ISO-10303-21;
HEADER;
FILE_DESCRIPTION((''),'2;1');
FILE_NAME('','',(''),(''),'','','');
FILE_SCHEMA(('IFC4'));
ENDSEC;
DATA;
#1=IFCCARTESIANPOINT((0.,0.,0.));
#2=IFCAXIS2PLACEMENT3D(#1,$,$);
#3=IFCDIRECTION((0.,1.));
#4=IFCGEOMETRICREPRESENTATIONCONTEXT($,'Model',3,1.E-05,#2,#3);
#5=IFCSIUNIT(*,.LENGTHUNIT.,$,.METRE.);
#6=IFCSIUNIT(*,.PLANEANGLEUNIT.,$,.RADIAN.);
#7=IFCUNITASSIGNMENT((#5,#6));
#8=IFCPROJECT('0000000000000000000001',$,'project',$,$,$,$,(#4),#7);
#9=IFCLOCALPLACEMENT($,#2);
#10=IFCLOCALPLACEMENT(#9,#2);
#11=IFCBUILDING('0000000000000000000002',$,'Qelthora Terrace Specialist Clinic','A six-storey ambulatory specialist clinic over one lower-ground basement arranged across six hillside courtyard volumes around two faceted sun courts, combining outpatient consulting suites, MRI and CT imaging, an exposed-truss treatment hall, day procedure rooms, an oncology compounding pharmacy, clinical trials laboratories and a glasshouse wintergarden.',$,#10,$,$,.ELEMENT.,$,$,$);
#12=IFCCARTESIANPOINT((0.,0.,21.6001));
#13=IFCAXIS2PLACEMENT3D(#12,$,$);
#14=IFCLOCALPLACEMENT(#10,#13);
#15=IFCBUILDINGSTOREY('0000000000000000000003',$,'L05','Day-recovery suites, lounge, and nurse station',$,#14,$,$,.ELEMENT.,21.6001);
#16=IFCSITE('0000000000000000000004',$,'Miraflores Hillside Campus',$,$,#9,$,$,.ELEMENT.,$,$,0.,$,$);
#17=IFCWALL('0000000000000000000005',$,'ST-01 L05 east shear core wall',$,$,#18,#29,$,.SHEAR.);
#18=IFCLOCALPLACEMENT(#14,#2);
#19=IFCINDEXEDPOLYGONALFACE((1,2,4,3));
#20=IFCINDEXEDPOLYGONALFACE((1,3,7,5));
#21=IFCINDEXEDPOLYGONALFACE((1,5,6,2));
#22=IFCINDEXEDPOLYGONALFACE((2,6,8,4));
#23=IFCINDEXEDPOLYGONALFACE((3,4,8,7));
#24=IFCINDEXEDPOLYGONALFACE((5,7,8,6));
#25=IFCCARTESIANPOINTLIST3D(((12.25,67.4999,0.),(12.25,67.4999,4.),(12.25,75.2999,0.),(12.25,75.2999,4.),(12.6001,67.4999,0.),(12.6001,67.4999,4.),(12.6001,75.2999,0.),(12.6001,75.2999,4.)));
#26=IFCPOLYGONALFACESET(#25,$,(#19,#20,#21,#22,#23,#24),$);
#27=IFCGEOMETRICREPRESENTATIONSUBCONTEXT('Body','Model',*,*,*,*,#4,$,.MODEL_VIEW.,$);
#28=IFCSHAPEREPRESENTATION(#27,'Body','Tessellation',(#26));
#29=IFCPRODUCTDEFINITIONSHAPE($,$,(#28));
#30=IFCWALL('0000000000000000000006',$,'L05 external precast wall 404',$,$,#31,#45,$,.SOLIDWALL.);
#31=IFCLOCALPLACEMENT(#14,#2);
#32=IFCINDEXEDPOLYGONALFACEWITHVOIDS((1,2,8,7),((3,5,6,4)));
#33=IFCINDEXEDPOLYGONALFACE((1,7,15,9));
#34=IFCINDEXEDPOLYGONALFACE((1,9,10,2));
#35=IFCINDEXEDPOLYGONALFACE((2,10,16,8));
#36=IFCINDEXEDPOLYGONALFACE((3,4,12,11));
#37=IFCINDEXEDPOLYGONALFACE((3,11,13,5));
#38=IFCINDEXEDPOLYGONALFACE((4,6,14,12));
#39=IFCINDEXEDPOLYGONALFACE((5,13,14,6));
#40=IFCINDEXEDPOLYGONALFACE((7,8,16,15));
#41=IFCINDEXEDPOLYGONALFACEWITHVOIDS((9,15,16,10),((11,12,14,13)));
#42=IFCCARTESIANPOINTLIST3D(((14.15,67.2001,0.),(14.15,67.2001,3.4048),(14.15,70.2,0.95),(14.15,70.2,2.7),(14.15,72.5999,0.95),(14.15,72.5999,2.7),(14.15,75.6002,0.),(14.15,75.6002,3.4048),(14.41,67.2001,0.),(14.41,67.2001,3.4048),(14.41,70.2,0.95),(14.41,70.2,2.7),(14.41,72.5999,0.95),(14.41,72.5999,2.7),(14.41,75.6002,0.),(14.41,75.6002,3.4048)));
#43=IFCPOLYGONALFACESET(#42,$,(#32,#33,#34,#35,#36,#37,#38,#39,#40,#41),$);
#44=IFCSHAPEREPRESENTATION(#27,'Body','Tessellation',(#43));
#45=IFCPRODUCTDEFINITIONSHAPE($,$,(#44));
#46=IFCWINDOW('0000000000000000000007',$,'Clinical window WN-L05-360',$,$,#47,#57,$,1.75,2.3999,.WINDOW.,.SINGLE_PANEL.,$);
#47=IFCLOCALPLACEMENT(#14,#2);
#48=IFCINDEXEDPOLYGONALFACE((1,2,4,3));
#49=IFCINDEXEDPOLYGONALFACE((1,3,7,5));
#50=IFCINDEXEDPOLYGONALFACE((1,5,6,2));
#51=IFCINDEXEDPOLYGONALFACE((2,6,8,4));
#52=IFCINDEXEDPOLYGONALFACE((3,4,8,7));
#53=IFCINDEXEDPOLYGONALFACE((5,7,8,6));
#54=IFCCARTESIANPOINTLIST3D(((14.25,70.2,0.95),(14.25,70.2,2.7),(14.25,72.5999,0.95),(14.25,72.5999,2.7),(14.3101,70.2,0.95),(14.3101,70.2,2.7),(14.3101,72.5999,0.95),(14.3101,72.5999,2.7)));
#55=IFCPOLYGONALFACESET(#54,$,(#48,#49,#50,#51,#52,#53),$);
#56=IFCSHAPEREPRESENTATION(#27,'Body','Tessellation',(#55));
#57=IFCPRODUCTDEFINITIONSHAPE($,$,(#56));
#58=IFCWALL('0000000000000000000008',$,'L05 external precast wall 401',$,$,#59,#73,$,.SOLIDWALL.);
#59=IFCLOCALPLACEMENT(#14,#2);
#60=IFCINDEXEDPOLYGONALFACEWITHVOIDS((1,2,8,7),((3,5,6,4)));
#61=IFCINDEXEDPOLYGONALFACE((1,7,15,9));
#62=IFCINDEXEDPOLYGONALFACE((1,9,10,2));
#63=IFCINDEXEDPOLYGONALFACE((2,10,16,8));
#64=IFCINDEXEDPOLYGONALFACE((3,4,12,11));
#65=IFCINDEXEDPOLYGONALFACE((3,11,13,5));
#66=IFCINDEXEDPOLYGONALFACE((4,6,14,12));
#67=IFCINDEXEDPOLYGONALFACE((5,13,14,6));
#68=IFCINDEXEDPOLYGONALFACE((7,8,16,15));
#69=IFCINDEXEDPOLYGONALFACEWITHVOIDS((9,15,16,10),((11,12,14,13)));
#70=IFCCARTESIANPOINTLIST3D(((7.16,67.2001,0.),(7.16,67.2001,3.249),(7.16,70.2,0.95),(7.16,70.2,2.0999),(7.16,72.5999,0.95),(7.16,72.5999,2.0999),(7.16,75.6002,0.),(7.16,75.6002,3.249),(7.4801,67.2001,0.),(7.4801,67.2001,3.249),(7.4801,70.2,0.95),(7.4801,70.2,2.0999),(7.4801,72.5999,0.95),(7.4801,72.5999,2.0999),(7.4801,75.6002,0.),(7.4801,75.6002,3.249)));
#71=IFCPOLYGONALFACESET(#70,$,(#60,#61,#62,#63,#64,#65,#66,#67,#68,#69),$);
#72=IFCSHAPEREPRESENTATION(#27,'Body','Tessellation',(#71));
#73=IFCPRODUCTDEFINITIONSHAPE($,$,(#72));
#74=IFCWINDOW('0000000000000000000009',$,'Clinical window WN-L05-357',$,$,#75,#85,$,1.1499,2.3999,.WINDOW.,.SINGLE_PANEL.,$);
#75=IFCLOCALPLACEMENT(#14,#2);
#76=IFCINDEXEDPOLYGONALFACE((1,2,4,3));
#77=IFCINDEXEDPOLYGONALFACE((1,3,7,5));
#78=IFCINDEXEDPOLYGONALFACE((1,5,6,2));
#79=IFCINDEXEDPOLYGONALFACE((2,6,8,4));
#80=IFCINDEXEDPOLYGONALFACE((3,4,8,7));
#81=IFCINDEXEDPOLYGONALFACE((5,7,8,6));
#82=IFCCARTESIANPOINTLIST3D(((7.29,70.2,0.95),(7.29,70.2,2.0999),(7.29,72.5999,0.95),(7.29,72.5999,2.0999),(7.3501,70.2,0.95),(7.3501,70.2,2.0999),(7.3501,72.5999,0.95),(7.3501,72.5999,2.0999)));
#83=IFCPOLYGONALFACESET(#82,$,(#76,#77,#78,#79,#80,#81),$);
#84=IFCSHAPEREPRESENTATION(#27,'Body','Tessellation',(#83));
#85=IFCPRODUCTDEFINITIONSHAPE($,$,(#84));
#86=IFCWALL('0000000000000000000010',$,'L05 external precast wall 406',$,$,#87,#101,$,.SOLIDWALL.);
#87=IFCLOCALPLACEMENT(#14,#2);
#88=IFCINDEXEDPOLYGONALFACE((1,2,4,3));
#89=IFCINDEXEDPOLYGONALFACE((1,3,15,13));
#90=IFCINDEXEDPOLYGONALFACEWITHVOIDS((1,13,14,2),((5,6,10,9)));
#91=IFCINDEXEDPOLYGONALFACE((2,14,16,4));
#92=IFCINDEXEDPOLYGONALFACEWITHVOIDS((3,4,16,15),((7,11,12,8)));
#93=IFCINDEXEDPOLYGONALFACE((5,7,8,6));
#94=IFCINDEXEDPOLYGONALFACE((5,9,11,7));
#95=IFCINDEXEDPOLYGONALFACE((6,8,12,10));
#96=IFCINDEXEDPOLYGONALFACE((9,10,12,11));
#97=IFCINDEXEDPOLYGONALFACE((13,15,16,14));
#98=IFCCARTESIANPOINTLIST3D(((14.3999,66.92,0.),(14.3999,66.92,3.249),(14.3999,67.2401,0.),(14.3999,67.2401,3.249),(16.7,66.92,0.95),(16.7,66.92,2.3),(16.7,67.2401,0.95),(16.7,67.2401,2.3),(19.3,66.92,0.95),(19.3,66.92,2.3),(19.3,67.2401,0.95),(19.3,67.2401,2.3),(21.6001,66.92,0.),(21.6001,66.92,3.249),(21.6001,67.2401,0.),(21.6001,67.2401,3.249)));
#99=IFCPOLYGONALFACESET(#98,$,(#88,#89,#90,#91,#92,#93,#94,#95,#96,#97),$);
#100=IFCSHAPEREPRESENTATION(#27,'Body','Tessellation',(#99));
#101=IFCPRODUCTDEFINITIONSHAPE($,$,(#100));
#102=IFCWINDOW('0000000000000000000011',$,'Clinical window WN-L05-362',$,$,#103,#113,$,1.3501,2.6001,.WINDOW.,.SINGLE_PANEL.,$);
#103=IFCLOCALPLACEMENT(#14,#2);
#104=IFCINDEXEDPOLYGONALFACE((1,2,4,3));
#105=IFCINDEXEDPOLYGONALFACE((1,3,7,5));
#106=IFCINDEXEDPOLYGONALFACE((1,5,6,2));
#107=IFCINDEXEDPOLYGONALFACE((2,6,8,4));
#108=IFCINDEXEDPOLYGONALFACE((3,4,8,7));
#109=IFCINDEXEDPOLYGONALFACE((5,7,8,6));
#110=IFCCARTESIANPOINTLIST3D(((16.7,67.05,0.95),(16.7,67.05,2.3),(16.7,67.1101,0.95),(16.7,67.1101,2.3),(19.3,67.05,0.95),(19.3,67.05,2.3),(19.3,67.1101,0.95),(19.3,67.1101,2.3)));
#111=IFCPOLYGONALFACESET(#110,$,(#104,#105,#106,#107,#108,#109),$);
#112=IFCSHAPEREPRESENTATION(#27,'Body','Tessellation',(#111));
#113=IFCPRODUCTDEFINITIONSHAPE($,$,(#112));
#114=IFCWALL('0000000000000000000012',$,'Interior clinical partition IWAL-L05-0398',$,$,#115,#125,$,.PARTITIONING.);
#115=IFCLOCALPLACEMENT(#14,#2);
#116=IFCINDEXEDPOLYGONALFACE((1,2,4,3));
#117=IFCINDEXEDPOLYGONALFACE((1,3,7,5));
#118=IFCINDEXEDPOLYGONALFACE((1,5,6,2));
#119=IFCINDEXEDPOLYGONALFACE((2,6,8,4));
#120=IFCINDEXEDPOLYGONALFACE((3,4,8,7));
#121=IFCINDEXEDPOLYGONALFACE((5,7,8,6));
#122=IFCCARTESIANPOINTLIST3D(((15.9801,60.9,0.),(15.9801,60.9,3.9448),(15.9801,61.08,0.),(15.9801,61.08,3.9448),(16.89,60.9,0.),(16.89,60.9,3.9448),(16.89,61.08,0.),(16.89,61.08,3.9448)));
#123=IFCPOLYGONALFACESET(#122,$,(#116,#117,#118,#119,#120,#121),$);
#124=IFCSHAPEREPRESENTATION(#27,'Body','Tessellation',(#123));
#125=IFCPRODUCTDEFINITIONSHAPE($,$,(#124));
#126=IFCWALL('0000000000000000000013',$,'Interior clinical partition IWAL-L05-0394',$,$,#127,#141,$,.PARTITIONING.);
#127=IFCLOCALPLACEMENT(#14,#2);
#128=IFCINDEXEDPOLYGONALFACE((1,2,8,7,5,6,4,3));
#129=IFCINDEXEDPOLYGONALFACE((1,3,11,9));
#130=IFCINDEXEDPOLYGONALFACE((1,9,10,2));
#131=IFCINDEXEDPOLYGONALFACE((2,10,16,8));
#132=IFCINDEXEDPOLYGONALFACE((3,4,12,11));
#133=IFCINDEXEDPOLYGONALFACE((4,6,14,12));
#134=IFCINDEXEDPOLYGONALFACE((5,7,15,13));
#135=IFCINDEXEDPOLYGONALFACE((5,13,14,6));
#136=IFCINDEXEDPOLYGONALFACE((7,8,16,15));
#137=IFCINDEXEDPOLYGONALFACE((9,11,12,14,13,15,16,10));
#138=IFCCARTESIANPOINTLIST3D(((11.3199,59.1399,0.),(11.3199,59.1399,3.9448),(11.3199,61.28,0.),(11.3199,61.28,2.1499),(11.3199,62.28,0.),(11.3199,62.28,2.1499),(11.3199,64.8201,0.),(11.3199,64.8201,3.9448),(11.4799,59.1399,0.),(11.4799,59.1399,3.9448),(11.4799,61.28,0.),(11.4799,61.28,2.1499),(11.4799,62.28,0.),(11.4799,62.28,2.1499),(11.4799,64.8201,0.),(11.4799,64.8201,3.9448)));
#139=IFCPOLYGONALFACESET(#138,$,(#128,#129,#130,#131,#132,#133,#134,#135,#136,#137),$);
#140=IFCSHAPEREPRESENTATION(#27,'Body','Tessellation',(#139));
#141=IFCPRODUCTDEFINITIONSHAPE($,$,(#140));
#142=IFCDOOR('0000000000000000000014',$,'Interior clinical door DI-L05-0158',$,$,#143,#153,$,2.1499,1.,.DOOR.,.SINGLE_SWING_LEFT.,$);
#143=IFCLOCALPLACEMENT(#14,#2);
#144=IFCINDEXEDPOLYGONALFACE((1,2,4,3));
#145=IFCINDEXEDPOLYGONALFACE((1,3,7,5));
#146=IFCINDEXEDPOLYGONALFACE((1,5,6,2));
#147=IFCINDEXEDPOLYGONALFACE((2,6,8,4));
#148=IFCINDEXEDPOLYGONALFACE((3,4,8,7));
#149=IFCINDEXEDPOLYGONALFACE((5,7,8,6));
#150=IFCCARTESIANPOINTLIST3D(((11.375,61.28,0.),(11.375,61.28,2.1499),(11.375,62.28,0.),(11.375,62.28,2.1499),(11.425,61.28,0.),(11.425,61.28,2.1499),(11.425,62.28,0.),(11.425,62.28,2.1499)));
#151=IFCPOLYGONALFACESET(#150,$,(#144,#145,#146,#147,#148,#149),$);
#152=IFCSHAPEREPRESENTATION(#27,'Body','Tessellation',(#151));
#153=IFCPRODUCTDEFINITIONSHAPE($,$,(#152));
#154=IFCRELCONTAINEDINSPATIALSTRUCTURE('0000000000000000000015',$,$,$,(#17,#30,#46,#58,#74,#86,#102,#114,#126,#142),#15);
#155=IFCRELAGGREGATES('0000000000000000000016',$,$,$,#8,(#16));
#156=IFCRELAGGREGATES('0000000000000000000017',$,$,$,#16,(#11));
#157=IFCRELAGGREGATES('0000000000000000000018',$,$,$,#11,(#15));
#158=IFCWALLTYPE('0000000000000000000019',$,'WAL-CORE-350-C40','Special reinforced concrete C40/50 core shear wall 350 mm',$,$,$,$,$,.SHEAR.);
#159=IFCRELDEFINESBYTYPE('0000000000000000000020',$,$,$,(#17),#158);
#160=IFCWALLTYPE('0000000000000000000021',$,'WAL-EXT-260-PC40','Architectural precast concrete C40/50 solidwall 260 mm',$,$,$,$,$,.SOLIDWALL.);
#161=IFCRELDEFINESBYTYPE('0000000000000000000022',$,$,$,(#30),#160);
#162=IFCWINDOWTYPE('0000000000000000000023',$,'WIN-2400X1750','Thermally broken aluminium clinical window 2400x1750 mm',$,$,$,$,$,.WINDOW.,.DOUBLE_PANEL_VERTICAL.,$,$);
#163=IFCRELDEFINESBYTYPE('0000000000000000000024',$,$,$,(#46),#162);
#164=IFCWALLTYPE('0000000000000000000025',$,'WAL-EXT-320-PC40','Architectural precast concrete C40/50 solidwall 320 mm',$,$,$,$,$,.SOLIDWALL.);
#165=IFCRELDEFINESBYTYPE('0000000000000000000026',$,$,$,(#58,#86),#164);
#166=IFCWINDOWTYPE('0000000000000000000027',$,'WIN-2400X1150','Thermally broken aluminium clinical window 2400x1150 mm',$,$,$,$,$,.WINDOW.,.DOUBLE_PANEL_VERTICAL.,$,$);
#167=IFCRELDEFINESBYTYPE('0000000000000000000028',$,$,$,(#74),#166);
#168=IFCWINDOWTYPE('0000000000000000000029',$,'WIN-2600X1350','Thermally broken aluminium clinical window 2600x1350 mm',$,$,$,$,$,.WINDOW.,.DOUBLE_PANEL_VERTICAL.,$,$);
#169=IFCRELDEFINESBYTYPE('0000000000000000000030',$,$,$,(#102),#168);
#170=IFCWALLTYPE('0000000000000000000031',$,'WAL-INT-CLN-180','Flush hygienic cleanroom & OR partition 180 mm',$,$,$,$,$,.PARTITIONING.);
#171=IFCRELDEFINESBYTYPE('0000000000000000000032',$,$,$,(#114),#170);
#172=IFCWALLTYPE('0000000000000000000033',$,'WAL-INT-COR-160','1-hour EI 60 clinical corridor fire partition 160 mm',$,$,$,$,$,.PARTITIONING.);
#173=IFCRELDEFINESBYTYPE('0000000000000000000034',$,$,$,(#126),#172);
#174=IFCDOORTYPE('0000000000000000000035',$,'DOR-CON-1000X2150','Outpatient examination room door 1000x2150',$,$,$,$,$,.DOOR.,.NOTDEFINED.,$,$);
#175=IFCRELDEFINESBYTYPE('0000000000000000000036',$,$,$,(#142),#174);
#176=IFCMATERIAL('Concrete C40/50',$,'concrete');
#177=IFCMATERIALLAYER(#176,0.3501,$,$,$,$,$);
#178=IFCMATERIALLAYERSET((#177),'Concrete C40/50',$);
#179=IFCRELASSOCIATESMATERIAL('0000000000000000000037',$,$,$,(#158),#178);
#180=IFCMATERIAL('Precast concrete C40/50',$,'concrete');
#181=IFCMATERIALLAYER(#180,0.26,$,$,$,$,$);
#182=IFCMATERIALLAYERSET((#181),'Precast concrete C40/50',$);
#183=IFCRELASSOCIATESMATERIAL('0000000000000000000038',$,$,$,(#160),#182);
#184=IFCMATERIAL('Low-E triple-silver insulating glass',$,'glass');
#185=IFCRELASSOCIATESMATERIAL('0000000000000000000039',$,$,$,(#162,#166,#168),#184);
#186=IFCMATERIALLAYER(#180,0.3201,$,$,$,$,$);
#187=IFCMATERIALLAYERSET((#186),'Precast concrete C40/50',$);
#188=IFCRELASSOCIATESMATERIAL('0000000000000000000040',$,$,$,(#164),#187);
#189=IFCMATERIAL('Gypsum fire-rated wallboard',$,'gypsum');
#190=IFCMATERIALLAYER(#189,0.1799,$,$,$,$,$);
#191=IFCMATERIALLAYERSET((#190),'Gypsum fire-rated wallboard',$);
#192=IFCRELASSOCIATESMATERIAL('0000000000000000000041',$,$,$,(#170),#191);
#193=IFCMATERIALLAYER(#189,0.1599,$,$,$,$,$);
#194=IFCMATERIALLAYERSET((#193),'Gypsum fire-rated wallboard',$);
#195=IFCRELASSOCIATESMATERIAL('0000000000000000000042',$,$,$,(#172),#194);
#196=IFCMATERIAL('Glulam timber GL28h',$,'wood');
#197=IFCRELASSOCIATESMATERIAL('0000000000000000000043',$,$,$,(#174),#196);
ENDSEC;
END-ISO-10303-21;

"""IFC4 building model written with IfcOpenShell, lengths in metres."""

from ifc_helpers import new_model, si_unit, direction, frame, frame_2d, origin, place, context, subcontext, project, spatial, rectangle, extrude, material, layer, layer_set, type_object, element, fill, save


model = new_model("IFC4")

# Units and contexts
model_context = context("Model", 3, precision=1e-05, world=origin(), true_north=direction((0.0, 1.0)))
body_context = subcontext(model_context, "Body", "Model", "MODEL_VIEW")
ifc_project = project(units=[si_unit("LENGTHUNIT", "METRE"), si_unit("PLANEANGLEUNIT", "RADIAN")], contexts=[model_context])

# Site, building, storey
site_placement = place(None, origin())
site = spatial("IfcSite", under=ifc_project, at=site_placement, Name="Miraflores Hillside Campus", CompositionType="ELEMENT", RefElevation=0.0)
building_placement = place(site_placement, origin())
building = spatial("IfcBuilding", under=site, at=building_placement, Name="Qelthora Terrace Specialist Clinic", Description="A six-storey ambulatory specialist clinic over one lower-ground basement arranged across six hillside courtyard volumes around two faceted sun courts, combining outpatient consulting suites, MRI and CT imaging, an exposed-truss treatment hall, day procedure rooms, an oncology compounding pharmacy, clinical trials laboratories and a glasshouse wintergarden.", CompositionType="ELEMENT")
storey_placement = place(building_placement, frame((0.0, 0.0, 21.6001)))
storey = spatial("IfcBuildingStorey", under=building, at=storey_placement, Name="L05", Description="Day-recovery suites, lounge, and nurse station", CompositionType="ELEMENT", Elevation=21.6001)

# Shared definitions
ifc_material_1 = material(Name="Concrete C40/50", Category="concrete")

# Wall
ifc_layer_1 = layer(ifc_material_1, 0.3501)
ifc_layer_set_1 = layer_set([ifc_layer_1], Name="Concrete C40/50")
wall_type_1 = type_object("IfcWallType", Name="WAL-CORE-350-C40", Description="Special reinforced concrete C40/50 core shear wall 350 mm", PredefinedType="SHEAR", material=ifc_layer_set_1)
for number, where, z_axis, x_axis, name in (
    (1, (12.425, 67.5, 0.0), (0.0, 0.0, 1.0), (0.0, 1.0, 0.0), "ST-01 L05 east shear core wall"),
):
    element("IfcWall", number, at=place(storey_placement, frame(where, z_axis=z_axis, x_axis=x_axis)), inside=storey, type_object=wall_type_1, Name=name, PredefinedType="SHEAR", context=body_context, shape_type="SweptSolid", body=[
        extrude(rectangle(XDim=7.8, YDim=0.3501, at=frame_2d((3.8999, 0.0))), origin(), (0.0, 0.0, 1.0), 4.0),
    ])

# Walls, openings, windows
ifc_material_2 = material(Name="Precast concrete C40/50", Category="concrete")
ifc_layer_2 = layer(ifc_material_2, 0.26)
ifc_layer_set_2 = layer_set([ifc_layer_2], Name="Precast concrete C40/50")
wall_type_2 = type_object("IfcWallType", Name="WAL-EXT-260-PC40", Description="Architectural precast concrete C40/50 solidwall 260 mm", PredefinedType="SOLIDWALL", material=ifc_layer_set_2)
wall_1_placement = place(storey_placement, frame((14.28, 67.2, 0.0), z_axis=(0.0, 0.0, 1.0), x_axis=(0.0, 1.0, 0.0)))
wall_1 = element("IfcWall", 2, at=wall_1_placement, inside=storey, type_object=wall_type_2, Name="L05 external precast wall 404", PredefinedType="SOLIDWALL", context=body_context, shape_type="SweptSolid", body=[
    extrude(rectangle(XDim=8.4001, YDim=0.26, at=frame_2d((4.2002, 0.0))), origin(), (0.0, 0.0, 1.0), 3.4048),
])
opening_1_placement = place(wall_1_placement, frame((3.0, 0.0, 0.95)))
opening_1 = element("IfcOpeningElement", 3, at=opening_1_placement, cuts=wall_1, PredefinedType="OPENING", context=body_context, shape_type="SweptSolid", body=[
    extrude(rectangle(XDim=2.3999, YDim=1.75, at=frame_2d((1.2, 0.875))), frame((0.0, 0.1399, 0.0), z_axis=(0.0, -1.0, 0.0), x_axis=(1.0, 0.0, 0.0)), (0.0, 0.0, 1.0), 0.28),
])
ifc_material_3 = material(Name="Low-E triple-silver insulating glass", Category="glass")
window_type_1 = type_object("IfcWindowType", Name="WIN-2400X1750", Description="Thermally broken aluminium clinical window 2400x1750 mm", PartitioningType="DOUBLE_PANEL_VERTICAL", PredefinedType="WINDOW", material=ifc_material_3)
window_1_placement = place(opening_1_placement, origin())
window_1 = element("IfcWindow", 4, at=window_1_placement, inside=storey, type_object=window_type_1, Name="Clinical window WN-L05-360", OverallHeight=1.75, OverallWidth=2.3999, PartitioningType="SINGLE_PANEL", PredefinedType="WINDOW", context=body_context, shape_type="SweptSolid", body=[
    extrude(rectangle(XDim=2.3999, YDim=1.75, at=frame_2d((1.2, 0.875))), frame((0.0, 0.03, 0.0), z_axis=(0.0, -1.0, 0.0), x_axis=(1.0, 0.0, 0.0)), (0.0, 0.0, 1.0), 0.0601),
])
fill(opening_1, window_1)
ifc_layer_3 = layer(ifc_material_2, 0.3201)
ifc_layer_set_3 = layer_set([ifc_layer_3], Name="Precast concrete C40/50")
wall_type_3 = type_object("IfcWallType", Name="WAL-EXT-320-PC40", Description="Architectural precast concrete C40/50 solidwall 320 mm", PredefinedType="SOLIDWALL", material=ifc_layer_set_3)
wall_2_placement = place(storey_placement, frame((7.3201, 67.2, 0.0), z_axis=(0.0, 0.0, 1.0), x_axis=(0.0, 1.0, 0.0)))
wall_2 = element("IfcWall", 5, at=wall_2_placement, inside=storey, type_object=wall_type_3, Name="L05 external precast wall 401", PredefinedType="SOLIDWALL", context=body_context, shape_type="SweptSolid", body=[
    extrude(rectangle(XDim=8.4001, YDim=0.3201, at=frame_2d((4.2002, 0.0))), origin(), (0.0, 0.0, 1.0), 3.249),
])
opening_2_placement = place(wall_2_placement, frame((3.0, 0.0, 0.95)))
opening_2 = element("IfcOpeningElement", 6, at=opening_2_placement, cuts=wall_2, PredefinedType="OPENING", context=body_context, shape_type="SweptSolid", body=[
    extrude(rectangle(XDim=2.3999, YDim=1.1499, at=frame_2d((1.2, 0.575))), frame((0.0, 0.1699, 0.0), z_axis=(0.0, -1.0, 0.0), x_axis=(1.0, 0.0, 0.0)), (0.0, 0.0, 1.0), 0.3401),
])
window_type_2 = type_object("IfcWindowType", Name="WIN-2400X1150", Description="Thermally broken aluminium clinical window 2400x1150 mm", PartitioningType="DOUBLE_PANEL_VERTICAL", PredefinedType="WINDOW", material=ifc_material_3)
window_2_placement = place(opening_2_placement, origin())
window_2 = element("IfcWindow", 7, at=window_2_placement, inside=storey, type_object=window_type_2, Name="Clinical window WN-L05-357", OverallHeight=1.1499, OverallWidth=2.3999, PartitioningType="SINGLE_PANEL", PredefinedType="WINDOW", context=body_context, shape_type="SweptSolid", body=[
    extrude(rectangle(XDim=2.3999, YDim=1.1499, at=frame_2d((1.2, 0.575))), frame((0.0, 0.03, 0.0), z_axis=(0.0, -1.0, 0.0), x_axis=(1.0, 0.0, 0.0)), (0.0, 0.0, 1.0), 0.0601),
])
fill(opening_2, window_2)
wall_3_placement = place(storey_placement, frame((14.3999, 67.0801, 0.0), z_axis=(0.0, 0.0, 1.0), x_axis=(1.0, 0.0, 0.0)))
wall_3 = element("IfcWall", 8, at=wall_3_placement, inside=storey, type_object=wall_type_3, Name="L05 external precast wall 406", PredefinedType="SOLIDWALL", context=body_context, shape_type="SweptSolid", body=[
    extrude(rectangle(XDim=7.2002, YDim=0.3201, at=frame_2d((3.6001, 0.0))), origin(), (0.0, 0.0, 1.0), 3.249),
])
opening_3_placement = place(wall_3_placement, frame((2.3, 0.0, 0.95)))
opening_3 = element("IfcOpeningElement", 9, at=opening_3_placement, cuts=wall_3, PredefinedType="OPENING", context=body_context, shape_type="SweptSolid", body=[
    extrude(rectangle(XDim=2.6001, YDim=1.3501, at=frame_2d((1.3, 0.675))), frame((0.0, 0.1699, 0.0), z_axis=(0.0, -1.0, 0.0), x_axis=(1.0, 0.0, 0.0)), (0.0, 0.0, 1.0), 0.3401),
])
window_type_3 = type_object("IfcWindowType", Name="WIN-2600X1350", Description="Thermally broken aluminium clinical window 2600x1350 mm", PartitioningType="DOUBLE_PANEL_VERTICAL", PredefinedType="WINDOW", material=ifc_material_3)
window_3_placement = place(opening_3_placement, origin())
window_3 = element("IfcWindow", 10, at=window_3_placement, inside=storey, type_object=window_type_3, Name="Clinical window WN-L05-362", OverallHeight=1.3501, OverallWidth=2.6001, PartitioningType="SINGLE_PANEL", PredefinedType="WINDOW", context=body_context, shape_type="SweptSolid", body=[
    extrude(rectangle(XDim=2.6001, YDim=1.3501, at=frame_2d((1.3, 0.675))), frame((0.0, 0.03, 0.0), z_axis=(0.0, -1.0, 0.0), x_axis=(1.0, 0.0, 0.0)), (0.0, 0.0, 1.0), 0.0601),
])
fill(opening_3, window_3)

# Wall
ifc_material_4 = material(Name="Gypsum fire-rated wallboard", Category="gypsum")
ifc_layer_4 = layer(ifc_material_4, 0.1799)
ifc_layer_set_4 = layer_set([ifc_layer_4], Name="Gypsum fire-rated wallboard")
wall_type_4 = type_object("IfcWallType", Name="WAL-INT-CLN-180", Description="Flush hygienic cleanroom & OR partition 180 mm", PredefinedType="PARTITIONING", material=ifc_layer_set_4)
wall_4_placement = place(storey_placement, frame((15.98, 60.99, 0.0), z_axis=(0.0, 0.0, 1.0), x_axis=(1.0, 0.0, 0.0)))
element("IfcWall", 11, at=wall_4_placement, inside=storey, type_object=wall_type_4, Name="Interior clinical partition IWAL-L05-0398", PredefinedType="PARTITIONING", context=body_context, shape_type="SweptSolid", body=[
    extrude(rectangle(XDim=0.9099, YDim=0.1799, at=frame_2d((0.4551, 0.0))), origin(), (0.0, 0.0, 1.0), 3.9448),
])

# Wall, opening, door
ifc_layer_5 = layer(ifc_material_4, 0.1599)
ifc_layer_set_5 = layer_set([ifc_layer_5], Name="Gypsum fire-rated wallboard")
wall_type_5 = type_object("IfcWallType", Name="WAL-INT-COR-160", Description="1-hour EI 60 clinical corridor fire partition 160 mm", PredefinedType="PARTITIONING", material=ifc_layer_set_5)
wall_5_placement = place(storey_placement, frame((11.3999, 64.8201, 0.0), z_axis=(0.0, 0.0, 1.0), x_axis=(0.0, -1.0, 0.0)))
wall_5 = element("IfcWall", 12, at=wall_5_placement, inside=storey, type_object=wall_type_5, Name="Interior clinical partition IWAL-L05-0394", PredefinedType="PARTITIONING", context=body_context, shape_type="SweptSolid", body=[
    extrude(rectangle(XDim=5.6802, YDim=0.1599, at=frame_2d((2.8401, 0.0))), origin(), (0.0, 0.0, 1.0), 3.9448),
])
opening_4_placement = place(wall_5_placement, frame((2.54, 0.0, 0.0)))
opening_4 = element("IfcOpeningElement", 13, at=opening_4_placement, cuts=wall_5, PredefinedType="OPENING", context=body_context, shape_type="SweptSolid", body=[
    extrude(rectangle(XDim=1.0, YDim=2.1499, at=frame_2d((0.5, 1.075))), frame((0.0, 0.0898, 0.0), z_axis=(0.0, -1.0, 0.0), x_axis=(1.0, 0.0, 0.0)), (0.0, 0.0, 1.0), 0.1799),
])
ifc_material_5 = material(Name="Glulam timber GL28h", Category="wood")
door_type_1 = type_object("IfcDoorType", Name="DOR-CON-1000X2150", Description="Outpatient examination room door 1000x2150", OperationType="NOTDEFINED", PredefinedType="DOOR", material=ifc_material_5)
door_1_placement = place(opening_4_placement, frame((1.0, 0.0, 0.0), z_axis=(0.0, 0.0, 1.0), x_axis=(-1.0, 0.0, 0.0)))
door_1 = element("IfcDoor", 14, at=door_1_placement, inside=storey, type_object=door_type_1, Name="Interior clinical door DI-L05-0158", OperationType="SINGLE_SWING_LEFT", OverallHeight=2.1499, OverallWidth=1.0, PredefinedType="DOOR", context=body_context, shape_type="SweptSolid", body=[
    extrude(rectangle(XDim=1.0, YDim=2.1499, at=frame_2d((0.5, 1.075))), frame((0.0, 0.0249, 0.0), z_axis=(0.0, -1.0, 0.0), x_axis=(1.0, 0.0, 0.0)), (0.0, 0.0, 1.0), 0.05),
])
fill(opening_4, door_1)

save(model, "model.ifc")
